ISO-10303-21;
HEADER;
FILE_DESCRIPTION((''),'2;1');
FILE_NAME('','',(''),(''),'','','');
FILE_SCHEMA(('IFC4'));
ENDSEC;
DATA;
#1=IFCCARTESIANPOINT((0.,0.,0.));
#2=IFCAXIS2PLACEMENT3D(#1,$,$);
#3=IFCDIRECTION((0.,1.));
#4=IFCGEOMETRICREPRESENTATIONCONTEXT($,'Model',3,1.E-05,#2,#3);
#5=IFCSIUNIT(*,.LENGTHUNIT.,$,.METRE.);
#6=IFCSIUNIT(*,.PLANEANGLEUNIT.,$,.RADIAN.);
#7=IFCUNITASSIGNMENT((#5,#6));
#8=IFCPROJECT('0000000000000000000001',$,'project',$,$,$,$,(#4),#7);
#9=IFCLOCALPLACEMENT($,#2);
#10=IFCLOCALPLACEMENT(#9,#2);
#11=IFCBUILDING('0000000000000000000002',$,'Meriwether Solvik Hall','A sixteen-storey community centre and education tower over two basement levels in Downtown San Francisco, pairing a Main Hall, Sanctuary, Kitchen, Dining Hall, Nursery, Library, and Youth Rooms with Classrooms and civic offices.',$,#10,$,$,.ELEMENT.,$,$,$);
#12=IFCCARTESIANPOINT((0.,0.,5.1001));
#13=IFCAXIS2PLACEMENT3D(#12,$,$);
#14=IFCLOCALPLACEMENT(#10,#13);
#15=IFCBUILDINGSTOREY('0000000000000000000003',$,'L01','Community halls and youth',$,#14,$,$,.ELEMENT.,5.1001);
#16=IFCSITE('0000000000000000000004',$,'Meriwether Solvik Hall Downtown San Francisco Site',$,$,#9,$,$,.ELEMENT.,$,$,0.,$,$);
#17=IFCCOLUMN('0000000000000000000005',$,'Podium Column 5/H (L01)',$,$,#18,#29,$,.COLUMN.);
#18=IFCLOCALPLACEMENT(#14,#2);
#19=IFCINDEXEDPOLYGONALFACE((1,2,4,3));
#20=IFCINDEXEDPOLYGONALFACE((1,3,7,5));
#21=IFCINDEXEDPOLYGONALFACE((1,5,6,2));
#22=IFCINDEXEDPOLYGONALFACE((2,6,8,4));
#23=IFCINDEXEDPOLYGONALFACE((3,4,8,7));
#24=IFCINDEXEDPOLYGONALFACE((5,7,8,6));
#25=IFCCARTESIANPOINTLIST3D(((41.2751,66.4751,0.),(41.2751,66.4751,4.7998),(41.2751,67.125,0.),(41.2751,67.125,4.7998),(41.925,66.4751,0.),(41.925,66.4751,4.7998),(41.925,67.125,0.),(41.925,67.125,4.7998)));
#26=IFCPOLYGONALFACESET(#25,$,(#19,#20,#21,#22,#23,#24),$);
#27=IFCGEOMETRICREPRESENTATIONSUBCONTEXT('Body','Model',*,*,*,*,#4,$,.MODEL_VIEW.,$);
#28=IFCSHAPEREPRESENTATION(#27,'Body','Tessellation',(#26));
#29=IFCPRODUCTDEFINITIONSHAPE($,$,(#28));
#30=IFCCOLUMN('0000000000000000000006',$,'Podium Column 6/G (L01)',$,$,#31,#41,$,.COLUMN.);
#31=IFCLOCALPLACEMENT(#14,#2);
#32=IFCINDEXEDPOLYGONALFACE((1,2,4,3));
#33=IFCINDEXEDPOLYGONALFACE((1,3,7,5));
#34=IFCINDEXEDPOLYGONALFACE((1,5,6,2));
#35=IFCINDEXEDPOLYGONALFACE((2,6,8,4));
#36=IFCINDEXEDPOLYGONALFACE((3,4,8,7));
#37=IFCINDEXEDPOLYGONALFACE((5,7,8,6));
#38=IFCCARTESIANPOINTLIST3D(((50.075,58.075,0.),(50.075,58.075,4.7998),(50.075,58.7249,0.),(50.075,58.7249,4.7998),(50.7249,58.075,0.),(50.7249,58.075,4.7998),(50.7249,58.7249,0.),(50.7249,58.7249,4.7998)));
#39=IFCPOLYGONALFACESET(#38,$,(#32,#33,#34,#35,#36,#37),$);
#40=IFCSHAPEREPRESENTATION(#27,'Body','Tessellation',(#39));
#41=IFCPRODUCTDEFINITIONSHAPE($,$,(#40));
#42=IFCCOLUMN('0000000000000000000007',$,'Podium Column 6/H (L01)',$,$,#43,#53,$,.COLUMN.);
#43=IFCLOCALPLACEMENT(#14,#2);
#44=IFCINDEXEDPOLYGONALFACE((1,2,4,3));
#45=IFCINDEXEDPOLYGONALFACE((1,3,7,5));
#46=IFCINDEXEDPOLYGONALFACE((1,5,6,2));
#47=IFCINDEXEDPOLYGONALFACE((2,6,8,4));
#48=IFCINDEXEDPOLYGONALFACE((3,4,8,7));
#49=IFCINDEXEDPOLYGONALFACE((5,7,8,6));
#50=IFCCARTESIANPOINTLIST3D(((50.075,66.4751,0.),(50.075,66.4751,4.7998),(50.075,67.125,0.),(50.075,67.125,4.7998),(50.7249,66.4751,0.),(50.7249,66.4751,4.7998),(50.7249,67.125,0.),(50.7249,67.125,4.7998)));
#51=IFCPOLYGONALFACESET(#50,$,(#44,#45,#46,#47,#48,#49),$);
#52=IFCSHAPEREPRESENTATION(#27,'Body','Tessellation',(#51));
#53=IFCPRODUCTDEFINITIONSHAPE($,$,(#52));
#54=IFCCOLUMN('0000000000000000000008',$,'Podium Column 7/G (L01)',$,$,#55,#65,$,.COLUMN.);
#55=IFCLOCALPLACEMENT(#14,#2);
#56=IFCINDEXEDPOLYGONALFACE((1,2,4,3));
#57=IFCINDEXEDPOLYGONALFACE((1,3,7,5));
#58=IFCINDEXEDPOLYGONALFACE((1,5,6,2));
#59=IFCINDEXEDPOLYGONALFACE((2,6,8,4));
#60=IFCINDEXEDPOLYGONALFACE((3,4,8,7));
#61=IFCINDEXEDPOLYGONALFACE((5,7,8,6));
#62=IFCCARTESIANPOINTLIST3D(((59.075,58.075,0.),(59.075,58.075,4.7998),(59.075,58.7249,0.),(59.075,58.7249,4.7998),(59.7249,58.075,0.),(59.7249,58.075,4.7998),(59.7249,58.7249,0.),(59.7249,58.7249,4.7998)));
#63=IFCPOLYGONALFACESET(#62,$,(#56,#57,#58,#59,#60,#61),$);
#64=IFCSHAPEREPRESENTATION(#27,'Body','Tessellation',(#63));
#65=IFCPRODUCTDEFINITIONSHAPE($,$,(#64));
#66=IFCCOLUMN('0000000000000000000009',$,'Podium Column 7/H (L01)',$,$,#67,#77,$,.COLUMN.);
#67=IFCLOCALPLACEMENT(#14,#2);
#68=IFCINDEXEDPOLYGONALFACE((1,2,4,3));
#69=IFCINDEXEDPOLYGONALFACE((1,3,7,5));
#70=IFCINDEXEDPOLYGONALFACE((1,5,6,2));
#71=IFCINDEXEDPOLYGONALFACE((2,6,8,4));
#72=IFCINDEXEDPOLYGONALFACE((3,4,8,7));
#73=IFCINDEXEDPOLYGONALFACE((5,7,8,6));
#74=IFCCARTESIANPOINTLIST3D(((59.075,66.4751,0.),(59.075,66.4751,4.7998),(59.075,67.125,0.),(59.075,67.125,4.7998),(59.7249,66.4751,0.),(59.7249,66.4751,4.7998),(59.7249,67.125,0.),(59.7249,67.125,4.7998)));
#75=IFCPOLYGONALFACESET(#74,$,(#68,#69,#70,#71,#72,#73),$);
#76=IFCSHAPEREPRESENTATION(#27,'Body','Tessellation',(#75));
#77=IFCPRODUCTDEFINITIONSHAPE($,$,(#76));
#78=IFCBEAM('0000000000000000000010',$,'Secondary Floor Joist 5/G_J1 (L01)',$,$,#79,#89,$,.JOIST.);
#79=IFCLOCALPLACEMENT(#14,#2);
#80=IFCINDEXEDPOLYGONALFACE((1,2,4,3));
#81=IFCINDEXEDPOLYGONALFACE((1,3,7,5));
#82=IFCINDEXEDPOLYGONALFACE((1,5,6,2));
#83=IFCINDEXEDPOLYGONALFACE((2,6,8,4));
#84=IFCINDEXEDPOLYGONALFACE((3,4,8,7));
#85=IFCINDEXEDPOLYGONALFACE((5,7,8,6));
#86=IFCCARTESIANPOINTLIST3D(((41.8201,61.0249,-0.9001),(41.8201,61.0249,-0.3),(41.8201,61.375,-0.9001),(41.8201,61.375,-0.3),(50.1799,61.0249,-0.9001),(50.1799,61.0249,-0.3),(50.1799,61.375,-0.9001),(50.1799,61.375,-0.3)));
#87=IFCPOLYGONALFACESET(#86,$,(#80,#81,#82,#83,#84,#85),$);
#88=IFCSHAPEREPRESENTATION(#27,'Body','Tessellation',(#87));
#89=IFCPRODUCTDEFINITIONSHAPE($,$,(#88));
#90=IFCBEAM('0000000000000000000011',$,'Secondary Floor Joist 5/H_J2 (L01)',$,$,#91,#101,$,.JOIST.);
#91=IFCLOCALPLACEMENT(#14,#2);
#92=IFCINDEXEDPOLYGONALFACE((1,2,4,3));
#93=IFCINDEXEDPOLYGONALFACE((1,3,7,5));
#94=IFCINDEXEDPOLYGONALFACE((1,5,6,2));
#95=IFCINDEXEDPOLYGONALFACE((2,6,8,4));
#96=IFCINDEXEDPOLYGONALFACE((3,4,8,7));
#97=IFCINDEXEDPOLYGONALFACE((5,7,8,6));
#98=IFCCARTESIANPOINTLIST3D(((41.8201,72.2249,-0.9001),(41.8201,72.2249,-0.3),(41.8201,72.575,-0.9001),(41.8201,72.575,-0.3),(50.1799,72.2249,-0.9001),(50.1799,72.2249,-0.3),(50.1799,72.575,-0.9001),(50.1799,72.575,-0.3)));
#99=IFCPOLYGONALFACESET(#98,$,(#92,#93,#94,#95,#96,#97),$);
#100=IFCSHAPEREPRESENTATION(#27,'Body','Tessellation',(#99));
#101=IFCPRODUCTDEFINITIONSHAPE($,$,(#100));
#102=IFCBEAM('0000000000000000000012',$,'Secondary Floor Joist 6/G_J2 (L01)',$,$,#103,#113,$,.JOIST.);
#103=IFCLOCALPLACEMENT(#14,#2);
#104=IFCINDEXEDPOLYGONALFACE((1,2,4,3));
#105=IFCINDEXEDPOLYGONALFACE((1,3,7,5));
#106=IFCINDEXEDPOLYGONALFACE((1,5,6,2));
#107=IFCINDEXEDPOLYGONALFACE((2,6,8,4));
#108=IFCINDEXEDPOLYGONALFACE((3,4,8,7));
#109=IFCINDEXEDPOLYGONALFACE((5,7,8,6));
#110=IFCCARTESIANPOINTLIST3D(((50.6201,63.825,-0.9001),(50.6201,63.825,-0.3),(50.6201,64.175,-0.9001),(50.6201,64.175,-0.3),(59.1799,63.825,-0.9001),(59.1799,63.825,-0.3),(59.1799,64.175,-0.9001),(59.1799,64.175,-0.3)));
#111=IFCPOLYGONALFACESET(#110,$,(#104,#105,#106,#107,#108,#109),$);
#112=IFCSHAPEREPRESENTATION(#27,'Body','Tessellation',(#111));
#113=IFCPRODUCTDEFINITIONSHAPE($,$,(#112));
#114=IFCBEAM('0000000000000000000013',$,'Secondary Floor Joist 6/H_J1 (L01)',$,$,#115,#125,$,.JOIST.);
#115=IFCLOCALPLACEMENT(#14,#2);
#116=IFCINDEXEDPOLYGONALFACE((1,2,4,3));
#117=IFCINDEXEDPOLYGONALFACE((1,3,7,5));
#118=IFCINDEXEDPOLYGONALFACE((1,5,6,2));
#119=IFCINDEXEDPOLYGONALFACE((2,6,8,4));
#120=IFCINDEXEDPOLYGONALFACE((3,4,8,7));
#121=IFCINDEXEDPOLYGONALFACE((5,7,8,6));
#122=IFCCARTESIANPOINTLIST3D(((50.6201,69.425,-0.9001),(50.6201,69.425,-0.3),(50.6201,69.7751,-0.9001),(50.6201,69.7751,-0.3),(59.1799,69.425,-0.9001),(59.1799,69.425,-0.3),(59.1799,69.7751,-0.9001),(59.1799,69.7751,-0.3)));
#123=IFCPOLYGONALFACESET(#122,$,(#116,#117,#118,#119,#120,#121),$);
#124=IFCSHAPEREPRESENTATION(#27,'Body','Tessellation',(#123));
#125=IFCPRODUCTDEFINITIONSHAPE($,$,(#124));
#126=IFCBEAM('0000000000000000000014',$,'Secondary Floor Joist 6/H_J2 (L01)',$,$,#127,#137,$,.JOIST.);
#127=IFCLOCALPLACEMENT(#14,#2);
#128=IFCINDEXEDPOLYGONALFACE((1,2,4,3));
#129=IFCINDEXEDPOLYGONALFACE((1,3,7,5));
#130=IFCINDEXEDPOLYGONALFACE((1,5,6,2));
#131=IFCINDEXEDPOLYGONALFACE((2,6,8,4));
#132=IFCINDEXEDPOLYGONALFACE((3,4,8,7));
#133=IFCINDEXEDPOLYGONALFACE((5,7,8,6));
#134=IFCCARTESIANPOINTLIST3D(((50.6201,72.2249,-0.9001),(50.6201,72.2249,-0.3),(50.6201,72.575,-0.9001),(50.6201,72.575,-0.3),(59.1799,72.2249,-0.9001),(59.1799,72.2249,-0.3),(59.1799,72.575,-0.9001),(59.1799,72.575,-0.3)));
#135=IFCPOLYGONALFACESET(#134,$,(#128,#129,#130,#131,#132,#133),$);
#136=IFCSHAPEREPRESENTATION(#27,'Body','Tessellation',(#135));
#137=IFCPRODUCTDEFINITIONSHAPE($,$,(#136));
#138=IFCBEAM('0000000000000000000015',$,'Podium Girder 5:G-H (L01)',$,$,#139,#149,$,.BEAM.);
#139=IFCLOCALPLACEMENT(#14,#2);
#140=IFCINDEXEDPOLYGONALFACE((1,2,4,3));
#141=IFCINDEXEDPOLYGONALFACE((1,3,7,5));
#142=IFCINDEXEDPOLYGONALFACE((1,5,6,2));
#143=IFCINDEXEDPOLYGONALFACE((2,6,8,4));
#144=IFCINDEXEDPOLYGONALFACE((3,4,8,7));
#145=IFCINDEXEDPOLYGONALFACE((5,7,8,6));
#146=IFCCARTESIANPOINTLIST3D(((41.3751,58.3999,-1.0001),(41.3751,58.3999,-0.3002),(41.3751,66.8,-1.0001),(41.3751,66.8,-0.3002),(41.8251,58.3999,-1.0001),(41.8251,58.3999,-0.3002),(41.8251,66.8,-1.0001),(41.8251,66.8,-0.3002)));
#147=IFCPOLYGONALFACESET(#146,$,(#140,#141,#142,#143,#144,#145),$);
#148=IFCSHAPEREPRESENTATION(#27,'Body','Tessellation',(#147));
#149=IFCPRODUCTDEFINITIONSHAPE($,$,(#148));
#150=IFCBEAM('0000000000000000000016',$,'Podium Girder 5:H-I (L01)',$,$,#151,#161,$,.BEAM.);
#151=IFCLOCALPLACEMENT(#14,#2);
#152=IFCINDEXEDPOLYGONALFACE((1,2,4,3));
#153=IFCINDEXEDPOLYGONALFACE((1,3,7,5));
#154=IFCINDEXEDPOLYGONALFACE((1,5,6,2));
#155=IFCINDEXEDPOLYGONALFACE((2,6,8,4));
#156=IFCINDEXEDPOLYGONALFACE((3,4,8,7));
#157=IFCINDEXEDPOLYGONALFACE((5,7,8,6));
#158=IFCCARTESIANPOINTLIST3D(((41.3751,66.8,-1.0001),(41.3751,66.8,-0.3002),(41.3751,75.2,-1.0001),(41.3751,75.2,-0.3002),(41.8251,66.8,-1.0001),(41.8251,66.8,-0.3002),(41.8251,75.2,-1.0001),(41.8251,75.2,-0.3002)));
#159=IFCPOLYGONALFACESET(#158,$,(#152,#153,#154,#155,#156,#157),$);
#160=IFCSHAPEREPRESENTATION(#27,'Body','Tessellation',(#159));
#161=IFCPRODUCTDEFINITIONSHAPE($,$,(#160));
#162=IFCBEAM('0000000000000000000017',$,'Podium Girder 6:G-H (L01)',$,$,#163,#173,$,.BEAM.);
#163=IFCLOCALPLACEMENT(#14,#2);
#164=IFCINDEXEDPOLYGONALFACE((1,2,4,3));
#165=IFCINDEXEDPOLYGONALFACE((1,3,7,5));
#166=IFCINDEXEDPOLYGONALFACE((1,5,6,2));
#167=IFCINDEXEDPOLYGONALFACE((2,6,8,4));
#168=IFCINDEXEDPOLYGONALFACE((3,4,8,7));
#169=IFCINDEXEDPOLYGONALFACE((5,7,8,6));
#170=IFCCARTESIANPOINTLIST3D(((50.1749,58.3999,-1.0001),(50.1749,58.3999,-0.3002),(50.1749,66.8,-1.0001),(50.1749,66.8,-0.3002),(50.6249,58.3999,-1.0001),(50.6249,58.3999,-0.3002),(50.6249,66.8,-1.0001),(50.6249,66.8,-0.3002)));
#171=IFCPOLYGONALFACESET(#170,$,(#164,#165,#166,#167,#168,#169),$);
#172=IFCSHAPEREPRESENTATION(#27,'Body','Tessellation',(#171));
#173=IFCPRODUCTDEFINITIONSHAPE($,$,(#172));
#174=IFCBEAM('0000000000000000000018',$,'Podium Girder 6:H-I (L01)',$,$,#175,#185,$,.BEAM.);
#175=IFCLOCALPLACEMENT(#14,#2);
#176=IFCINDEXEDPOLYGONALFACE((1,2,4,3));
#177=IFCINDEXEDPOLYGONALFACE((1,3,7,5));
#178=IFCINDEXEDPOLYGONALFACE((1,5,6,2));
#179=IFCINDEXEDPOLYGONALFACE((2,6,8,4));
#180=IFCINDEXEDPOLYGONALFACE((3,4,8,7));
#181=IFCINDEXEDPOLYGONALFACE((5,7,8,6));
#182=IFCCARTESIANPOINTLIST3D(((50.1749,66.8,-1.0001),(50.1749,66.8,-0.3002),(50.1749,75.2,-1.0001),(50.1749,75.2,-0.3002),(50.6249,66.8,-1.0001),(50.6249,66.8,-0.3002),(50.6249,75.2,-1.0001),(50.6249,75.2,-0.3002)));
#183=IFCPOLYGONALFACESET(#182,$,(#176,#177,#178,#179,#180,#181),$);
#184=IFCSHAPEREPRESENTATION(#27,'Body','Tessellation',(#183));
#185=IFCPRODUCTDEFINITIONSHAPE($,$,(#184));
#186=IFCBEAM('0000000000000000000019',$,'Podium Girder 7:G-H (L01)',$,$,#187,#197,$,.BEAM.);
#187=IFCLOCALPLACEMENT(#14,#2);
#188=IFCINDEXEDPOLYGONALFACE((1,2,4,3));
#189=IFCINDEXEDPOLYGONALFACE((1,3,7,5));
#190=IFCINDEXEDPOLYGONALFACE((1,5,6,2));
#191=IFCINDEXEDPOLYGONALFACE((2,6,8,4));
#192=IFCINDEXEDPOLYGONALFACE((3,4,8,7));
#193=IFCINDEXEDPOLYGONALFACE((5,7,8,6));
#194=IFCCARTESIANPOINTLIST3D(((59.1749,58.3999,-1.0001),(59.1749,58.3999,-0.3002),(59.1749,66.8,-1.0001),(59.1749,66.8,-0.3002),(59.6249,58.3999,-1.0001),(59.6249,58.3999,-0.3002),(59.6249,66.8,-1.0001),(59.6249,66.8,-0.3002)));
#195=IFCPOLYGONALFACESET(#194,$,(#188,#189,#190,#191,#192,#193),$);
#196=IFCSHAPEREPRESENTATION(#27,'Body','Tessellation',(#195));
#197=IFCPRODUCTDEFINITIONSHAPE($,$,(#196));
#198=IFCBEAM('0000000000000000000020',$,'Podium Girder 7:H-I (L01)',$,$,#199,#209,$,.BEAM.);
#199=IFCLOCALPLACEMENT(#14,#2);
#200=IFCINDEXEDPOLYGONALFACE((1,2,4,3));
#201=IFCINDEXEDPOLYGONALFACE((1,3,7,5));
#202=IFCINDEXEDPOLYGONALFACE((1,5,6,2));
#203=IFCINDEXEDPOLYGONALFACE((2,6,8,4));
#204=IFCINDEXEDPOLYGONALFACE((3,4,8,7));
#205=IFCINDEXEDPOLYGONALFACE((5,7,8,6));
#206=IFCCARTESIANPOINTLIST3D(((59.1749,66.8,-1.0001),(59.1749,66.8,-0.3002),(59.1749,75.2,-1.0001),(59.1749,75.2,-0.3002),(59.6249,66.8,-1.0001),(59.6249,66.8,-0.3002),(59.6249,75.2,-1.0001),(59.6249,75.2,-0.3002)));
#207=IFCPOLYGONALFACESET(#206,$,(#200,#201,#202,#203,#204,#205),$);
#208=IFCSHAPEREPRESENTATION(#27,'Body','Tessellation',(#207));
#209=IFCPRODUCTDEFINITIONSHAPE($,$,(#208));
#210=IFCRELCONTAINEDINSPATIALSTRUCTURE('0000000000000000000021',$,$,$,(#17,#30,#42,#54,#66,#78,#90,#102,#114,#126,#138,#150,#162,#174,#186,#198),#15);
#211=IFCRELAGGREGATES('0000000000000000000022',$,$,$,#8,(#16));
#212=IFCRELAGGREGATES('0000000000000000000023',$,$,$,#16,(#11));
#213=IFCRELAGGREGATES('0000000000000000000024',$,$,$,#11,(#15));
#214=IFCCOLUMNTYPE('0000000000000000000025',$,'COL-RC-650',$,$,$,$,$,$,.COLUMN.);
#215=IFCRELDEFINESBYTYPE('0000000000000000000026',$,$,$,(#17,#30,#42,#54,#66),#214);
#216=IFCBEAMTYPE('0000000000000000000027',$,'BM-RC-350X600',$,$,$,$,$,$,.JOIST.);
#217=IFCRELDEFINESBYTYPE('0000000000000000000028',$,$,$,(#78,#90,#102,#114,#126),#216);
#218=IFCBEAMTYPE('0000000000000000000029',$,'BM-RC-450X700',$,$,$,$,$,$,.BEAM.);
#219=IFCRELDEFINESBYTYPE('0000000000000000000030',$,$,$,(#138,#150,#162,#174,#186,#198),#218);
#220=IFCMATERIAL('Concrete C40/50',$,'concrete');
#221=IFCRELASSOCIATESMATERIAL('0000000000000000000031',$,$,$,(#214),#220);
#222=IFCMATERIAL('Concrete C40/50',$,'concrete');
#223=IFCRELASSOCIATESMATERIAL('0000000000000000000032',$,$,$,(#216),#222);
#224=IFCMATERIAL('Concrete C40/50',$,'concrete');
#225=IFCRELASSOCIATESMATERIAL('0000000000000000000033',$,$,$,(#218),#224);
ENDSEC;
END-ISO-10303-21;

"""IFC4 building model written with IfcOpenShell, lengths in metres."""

from ifc_helpers import new_model, si_unit, direction, frame, origin, origin_2d, place, context, subcontext, project, spatial, rectangle, extrude, material, material_profile, profile_set, type_object, element, save


model = new_model("IFC4")

# Units and contexts
model_context = context("Model", 3, precision=1e-05, world=origin(), true_north=direction((0.0, 1.0)))
body_context = subcontext(model_context, "Body", "Model", "MODEL_VIEW")
ifc_project = project(units=[si_unit("LENGTHUNIT", "METRE"), si_unit("PLANEANGLEUNIT", "RADIAN")], contexts=[model_context])

# Site, building, storey
site_placement = place(None, origin())
site = spatial("IfcSite", under=ifc_project, at=site_placement, Name="Meriwether Solvik Hall Downtown San Francisco Site", CompositionType="ELEMENT", RefElevation=0.0)
building_placement = place(site_placement, origin())
building = spatial("IfcBuilding", under=site, at=building_placement, Name="Meriwether Solvik Hall", Description="A sixteen-storey community centre and education tower over two basement levels in Downtown San Francisco, pairing a Main Hall, Sanctuary, Kitchen, Dining Hall, Nursery, Library, and Youth Rooms with Classrooms and civic offices.", CompositionType="ELEMENT")
storey_placement = place(building_placement, frame((0.0, 0.0, 5.1001)))
storey = spatial("IfcBuildingStorey", under=building, at=storey_placement, Name="L01", Description="Community halls and youth", CompositionType="ELEMENT", Elevation=5.1001)

# Columns
ifc_material_1 = material(Name="Concrete C40/50", Category="concrete")
ifc_material_profile_1 = material_profile(ifc_material_1, rectangle(XDim=0.6499, YDim=0.6499, at=origin_2d()), Name="RCC-650X650")
ifc_profile_set_1 = profile_set([ifc_material_profile_1], Name="Concrete C40/50")
column_type = type_object("IfcColumnType", Name="COL-RC-650", PredefinedType="COLUMN", material=ifc_profile_set_1)
for number, where, z_axis, x_axis, name in (
    (1, (41.6001, 66.8, 0.0), (0.0, 0.0, 1.0), (1.0, 0.0, 0.0), "Podium Column 5/H (L01)"),
    (2, (50.3999, 58.3999, 0.0), (0.0, 0.0, 1.0), (1.0, 0.0, 0.0), "Podium Column 6/G (L01)"),
    (3, (50.3999, 66.8, 0.0), (0.0, 0.0, 1.0), (1.0, 0.0, 0.0), "Podium Column 6/H (L01)"),
    (4, (59.3999, 58.3999, 0.0), (0.0, 0.0, 1.0), (1.0, 0.0, 0.0), "Podium Column 7/G (L01)"),
    (5, (59.3999, 66.8, 0.0), (0.0, 0.0, 1.0), (1.0, 0.0, 0.0), "Podium Column 7/H (L01)"),
):
    element("IfcColumn", number, at=place(storey_placement, frame(where, z_axis=z_axis, x_axis=x_axis)), inside=storey, type_object=column_type, Name=name, PredefinedType="COLUMN", context=body_context, shape_type="SweptSolid", body=[
        extrude(rectangle(XDim=0.6499, YDim=0.6499, at=origin_2d()), origin(), (0.0, 0.0, 1.0), 4.7998),
    ])

# Beams
ifc_material_2 = material(Name="Concrete C40/50", Category="concrete")
ifc_material_profile_2 = material_profile(ifc_material_2, rectangle(XDim=0.3501, YDim=0.6001, at=origin_2d()), Name="RCB-350X600")
ifc_profile_set_2 = profile_set([ifc_material_profile_2], Name="Concrete C40/50")
beam_type_1 = type_object("IfcBeamType", Name="BM-RC-350X600", PredefinedType="JOIST", material=ifc_profile_set_2)
for number, where, z_axis, x_axis, name in (
    (6, (41.8201, 61.2, -0.6001), (1.0, 0.0, 0.0), (0.0, 1.0, 0.0), "Secondary Floor Joist 5/G_J1 (L01)"),
    (7, (41.8201, 72.3999, -0.6001), (1.0, 0.0, 0.0), (0.0, 1.0, 0.0), "Secondary Floor Joist 5/H_J2 (L01)"),
):
    element("IfcBeam", number, at=place(storey_placement, frame(where, z_axis=z_axis, x_axis=x_axis)), inside=storey, type_object=beam_type_1, Name=name, PredefinedType="JOIST", context=body_context, shape_type="SweptSolid", body=[
        extrude(rectangle(XDim=0.3501, YDim=0.6001, at=origin_2d()), origin(), (0.0, 0.0, 1.0), 8.3599),
    ])
for number, where, z_axis, x_axis, name in (
    (8, (50.6201, 64.0, -0.6001), (1.0, 0.0, 0.0), (0.0, 1.0, 0.0), "Secondary Floor Joist 6/G_J2 (L01)"),
    (9, (50.6201, 69.6001, -0.6001), (1.0, 0.0, 0.0), (0.0, 1.0, 0.0), "Secondary Floor Joist 6/H_J1 (L01)"),
    (10, (50.6201, 72.3999, -0.6001), (1.0, 0.0, 0.0), (0.0, 1.0, 0.0), "Secondary Floor Joist 6/H_J2 (L01)"),
):
    element("IfcBeam", number, at=place(storey_placement, frame(where, z_axis=z_axis, x_axis=x_axis)), inside=storey, type_object=beam_type_1, Name=name, PredefinedType="JOIST", context=body_context, shape_type="SweptSolid", body=[
        extrude(rectangle(XDim=0.3501, YDim=0.6001, at=origin_2d()), origin(), (0.0, 0.0, 1.0), 8.5598),
    ])
ifc_material_3 = material(Name="Concrete C40/50", Category="concrete")
ifc_material_profile_3 = material_profile(ifc_material_3, rectangle(XDim=0.45, YDim=0.7, at=origin_2d()), Name="RCB-450X700")
ifc_profile_set_3 = profile_set([ifc_material_profile_3], Name="Concrete C40/50")
beam_type_2 = type_object("IfcBeamType", Name="BM-RC-450X700", PredefinedType="BEAM", material=ifc_profile_set_3)
beam_1_placement = place(storey_placement, frame((41.6001, 58.3999, -0.6501), z_axis=(0.0, 1.0, 0.0), x_axis=(-1.0, 0.0, 0.0)))
element("IfcBeam", 11, at=beam_1_placement, inside=storey, type_object=beam_type_2, Name="Podium Girder 5:G-H (L01)", PredefinedType="BEAM", context=body_context, shape_type="SweptSolid", body=[
    extrude(rectangle(XDim=0.45, YDim=0.7, at=origin_2d()), origin(), (0.0, 0.0, 1.0), 8.4001),
])
beam_2_placement = place(storey_placement, frame((41.6001, 66.8, -0.6501), z_axis=(0.0, 1.0, 0.0), x_axis=(-1.0, 0.0, 0.0)))
element("IfcBeam", 12, at=beam_2_placement, inside=storey, type_object=beam_type_2, Name="Podium Girder 5:H-I (L01)", PredefinedType="BEAM", context=body_context, shape_type="SweptSolid", body=[
    extrude(rectangle(XDim=0.45, YDim=0.7, at=origin_2d()), origin(), (0.0, 0.0, 1.0), 8.3999),
])
beam_3_placement = place(storey_placement, frame((50.3999, 58.3999, -0.6501), z_axis=(0.0, 1.0, 0.0), x_axis=(-1.0, 0.0, 0.0)))
element("IfcBeam", 13, at=beam_3_placement, inside=storey, type_object=beam_type_2, Name="Podium Girder 6:G-H (L01)", PredefinedType="BEAM", context=body_context, shape_type="SweptSolid", body=[
    extrude(rectangle(XDim=0.45, YDim=0.7, at=origin_2d()), origin(), (0.0, 0.0, 1.0), 8.4001),
])
beam_4_placement = place(storey_placement, frame((50.3999, 66.8, -0.6501), z_axis=(0.0, 1.0, 0.0), x_axis=(-1.0, 0.0, 0.0)))
element("IfcBeam", 14, at=beam_4_placement, inside=storey, type_object=beam_type_2, Name="Podium Girder 6:H-I (L01)", PredefinedType="BEAM", context=body_context, shape_type="SweptSolid", body=[
    extrude(rectangle(XDim=0.45, YDim=0.7, at=origin_2d()), origin(), (0.0, 0.0, 1.0), 8.3999),
])
beam_5_placement = place(storey_placement, frame((59.3999, 58.3999, -0.6501), z_axis=(0.0, 1.0, 0.0), x_axis=(-1.0, 0.0, 0.0)))
element("IfcBeam", 15, at=beam_5_placement, inside=storey, type_object=beam_type_2, Name="Podium Girder 7:G-H (L01)", PredefinedType="BEAM", context=body_context, shape_type="SweptSolid", body=[
    extrude(rectangle(XDim=0.45, YDim=0.7, at=origin_2d()), origin(), (0.0, 0.0, 1.0), 8.4001),
])
beam_6_placement = place(storey_placement, frame((59.3999, 66.8, -0.6501), z_axis=(0.0, 1.0, 0.0), x_axis=(-1.0, 0.0, 0.0)))
element("IfcBeam", 16, at=beam_6_placement, inside=storey, type_object=beam_type_2, Name="Podium Girder 7:H-I (L01)", PredefinedType="BEAM", context=body_context, shape_type="SweptSolid", body=[
    extrude(rectangle(XDim=0.45, YDim=0.7, at=origin_2d()), origin(), (0.0, 0.0, 1.0), 8.3999),
])

save(model, "model.ifc")
